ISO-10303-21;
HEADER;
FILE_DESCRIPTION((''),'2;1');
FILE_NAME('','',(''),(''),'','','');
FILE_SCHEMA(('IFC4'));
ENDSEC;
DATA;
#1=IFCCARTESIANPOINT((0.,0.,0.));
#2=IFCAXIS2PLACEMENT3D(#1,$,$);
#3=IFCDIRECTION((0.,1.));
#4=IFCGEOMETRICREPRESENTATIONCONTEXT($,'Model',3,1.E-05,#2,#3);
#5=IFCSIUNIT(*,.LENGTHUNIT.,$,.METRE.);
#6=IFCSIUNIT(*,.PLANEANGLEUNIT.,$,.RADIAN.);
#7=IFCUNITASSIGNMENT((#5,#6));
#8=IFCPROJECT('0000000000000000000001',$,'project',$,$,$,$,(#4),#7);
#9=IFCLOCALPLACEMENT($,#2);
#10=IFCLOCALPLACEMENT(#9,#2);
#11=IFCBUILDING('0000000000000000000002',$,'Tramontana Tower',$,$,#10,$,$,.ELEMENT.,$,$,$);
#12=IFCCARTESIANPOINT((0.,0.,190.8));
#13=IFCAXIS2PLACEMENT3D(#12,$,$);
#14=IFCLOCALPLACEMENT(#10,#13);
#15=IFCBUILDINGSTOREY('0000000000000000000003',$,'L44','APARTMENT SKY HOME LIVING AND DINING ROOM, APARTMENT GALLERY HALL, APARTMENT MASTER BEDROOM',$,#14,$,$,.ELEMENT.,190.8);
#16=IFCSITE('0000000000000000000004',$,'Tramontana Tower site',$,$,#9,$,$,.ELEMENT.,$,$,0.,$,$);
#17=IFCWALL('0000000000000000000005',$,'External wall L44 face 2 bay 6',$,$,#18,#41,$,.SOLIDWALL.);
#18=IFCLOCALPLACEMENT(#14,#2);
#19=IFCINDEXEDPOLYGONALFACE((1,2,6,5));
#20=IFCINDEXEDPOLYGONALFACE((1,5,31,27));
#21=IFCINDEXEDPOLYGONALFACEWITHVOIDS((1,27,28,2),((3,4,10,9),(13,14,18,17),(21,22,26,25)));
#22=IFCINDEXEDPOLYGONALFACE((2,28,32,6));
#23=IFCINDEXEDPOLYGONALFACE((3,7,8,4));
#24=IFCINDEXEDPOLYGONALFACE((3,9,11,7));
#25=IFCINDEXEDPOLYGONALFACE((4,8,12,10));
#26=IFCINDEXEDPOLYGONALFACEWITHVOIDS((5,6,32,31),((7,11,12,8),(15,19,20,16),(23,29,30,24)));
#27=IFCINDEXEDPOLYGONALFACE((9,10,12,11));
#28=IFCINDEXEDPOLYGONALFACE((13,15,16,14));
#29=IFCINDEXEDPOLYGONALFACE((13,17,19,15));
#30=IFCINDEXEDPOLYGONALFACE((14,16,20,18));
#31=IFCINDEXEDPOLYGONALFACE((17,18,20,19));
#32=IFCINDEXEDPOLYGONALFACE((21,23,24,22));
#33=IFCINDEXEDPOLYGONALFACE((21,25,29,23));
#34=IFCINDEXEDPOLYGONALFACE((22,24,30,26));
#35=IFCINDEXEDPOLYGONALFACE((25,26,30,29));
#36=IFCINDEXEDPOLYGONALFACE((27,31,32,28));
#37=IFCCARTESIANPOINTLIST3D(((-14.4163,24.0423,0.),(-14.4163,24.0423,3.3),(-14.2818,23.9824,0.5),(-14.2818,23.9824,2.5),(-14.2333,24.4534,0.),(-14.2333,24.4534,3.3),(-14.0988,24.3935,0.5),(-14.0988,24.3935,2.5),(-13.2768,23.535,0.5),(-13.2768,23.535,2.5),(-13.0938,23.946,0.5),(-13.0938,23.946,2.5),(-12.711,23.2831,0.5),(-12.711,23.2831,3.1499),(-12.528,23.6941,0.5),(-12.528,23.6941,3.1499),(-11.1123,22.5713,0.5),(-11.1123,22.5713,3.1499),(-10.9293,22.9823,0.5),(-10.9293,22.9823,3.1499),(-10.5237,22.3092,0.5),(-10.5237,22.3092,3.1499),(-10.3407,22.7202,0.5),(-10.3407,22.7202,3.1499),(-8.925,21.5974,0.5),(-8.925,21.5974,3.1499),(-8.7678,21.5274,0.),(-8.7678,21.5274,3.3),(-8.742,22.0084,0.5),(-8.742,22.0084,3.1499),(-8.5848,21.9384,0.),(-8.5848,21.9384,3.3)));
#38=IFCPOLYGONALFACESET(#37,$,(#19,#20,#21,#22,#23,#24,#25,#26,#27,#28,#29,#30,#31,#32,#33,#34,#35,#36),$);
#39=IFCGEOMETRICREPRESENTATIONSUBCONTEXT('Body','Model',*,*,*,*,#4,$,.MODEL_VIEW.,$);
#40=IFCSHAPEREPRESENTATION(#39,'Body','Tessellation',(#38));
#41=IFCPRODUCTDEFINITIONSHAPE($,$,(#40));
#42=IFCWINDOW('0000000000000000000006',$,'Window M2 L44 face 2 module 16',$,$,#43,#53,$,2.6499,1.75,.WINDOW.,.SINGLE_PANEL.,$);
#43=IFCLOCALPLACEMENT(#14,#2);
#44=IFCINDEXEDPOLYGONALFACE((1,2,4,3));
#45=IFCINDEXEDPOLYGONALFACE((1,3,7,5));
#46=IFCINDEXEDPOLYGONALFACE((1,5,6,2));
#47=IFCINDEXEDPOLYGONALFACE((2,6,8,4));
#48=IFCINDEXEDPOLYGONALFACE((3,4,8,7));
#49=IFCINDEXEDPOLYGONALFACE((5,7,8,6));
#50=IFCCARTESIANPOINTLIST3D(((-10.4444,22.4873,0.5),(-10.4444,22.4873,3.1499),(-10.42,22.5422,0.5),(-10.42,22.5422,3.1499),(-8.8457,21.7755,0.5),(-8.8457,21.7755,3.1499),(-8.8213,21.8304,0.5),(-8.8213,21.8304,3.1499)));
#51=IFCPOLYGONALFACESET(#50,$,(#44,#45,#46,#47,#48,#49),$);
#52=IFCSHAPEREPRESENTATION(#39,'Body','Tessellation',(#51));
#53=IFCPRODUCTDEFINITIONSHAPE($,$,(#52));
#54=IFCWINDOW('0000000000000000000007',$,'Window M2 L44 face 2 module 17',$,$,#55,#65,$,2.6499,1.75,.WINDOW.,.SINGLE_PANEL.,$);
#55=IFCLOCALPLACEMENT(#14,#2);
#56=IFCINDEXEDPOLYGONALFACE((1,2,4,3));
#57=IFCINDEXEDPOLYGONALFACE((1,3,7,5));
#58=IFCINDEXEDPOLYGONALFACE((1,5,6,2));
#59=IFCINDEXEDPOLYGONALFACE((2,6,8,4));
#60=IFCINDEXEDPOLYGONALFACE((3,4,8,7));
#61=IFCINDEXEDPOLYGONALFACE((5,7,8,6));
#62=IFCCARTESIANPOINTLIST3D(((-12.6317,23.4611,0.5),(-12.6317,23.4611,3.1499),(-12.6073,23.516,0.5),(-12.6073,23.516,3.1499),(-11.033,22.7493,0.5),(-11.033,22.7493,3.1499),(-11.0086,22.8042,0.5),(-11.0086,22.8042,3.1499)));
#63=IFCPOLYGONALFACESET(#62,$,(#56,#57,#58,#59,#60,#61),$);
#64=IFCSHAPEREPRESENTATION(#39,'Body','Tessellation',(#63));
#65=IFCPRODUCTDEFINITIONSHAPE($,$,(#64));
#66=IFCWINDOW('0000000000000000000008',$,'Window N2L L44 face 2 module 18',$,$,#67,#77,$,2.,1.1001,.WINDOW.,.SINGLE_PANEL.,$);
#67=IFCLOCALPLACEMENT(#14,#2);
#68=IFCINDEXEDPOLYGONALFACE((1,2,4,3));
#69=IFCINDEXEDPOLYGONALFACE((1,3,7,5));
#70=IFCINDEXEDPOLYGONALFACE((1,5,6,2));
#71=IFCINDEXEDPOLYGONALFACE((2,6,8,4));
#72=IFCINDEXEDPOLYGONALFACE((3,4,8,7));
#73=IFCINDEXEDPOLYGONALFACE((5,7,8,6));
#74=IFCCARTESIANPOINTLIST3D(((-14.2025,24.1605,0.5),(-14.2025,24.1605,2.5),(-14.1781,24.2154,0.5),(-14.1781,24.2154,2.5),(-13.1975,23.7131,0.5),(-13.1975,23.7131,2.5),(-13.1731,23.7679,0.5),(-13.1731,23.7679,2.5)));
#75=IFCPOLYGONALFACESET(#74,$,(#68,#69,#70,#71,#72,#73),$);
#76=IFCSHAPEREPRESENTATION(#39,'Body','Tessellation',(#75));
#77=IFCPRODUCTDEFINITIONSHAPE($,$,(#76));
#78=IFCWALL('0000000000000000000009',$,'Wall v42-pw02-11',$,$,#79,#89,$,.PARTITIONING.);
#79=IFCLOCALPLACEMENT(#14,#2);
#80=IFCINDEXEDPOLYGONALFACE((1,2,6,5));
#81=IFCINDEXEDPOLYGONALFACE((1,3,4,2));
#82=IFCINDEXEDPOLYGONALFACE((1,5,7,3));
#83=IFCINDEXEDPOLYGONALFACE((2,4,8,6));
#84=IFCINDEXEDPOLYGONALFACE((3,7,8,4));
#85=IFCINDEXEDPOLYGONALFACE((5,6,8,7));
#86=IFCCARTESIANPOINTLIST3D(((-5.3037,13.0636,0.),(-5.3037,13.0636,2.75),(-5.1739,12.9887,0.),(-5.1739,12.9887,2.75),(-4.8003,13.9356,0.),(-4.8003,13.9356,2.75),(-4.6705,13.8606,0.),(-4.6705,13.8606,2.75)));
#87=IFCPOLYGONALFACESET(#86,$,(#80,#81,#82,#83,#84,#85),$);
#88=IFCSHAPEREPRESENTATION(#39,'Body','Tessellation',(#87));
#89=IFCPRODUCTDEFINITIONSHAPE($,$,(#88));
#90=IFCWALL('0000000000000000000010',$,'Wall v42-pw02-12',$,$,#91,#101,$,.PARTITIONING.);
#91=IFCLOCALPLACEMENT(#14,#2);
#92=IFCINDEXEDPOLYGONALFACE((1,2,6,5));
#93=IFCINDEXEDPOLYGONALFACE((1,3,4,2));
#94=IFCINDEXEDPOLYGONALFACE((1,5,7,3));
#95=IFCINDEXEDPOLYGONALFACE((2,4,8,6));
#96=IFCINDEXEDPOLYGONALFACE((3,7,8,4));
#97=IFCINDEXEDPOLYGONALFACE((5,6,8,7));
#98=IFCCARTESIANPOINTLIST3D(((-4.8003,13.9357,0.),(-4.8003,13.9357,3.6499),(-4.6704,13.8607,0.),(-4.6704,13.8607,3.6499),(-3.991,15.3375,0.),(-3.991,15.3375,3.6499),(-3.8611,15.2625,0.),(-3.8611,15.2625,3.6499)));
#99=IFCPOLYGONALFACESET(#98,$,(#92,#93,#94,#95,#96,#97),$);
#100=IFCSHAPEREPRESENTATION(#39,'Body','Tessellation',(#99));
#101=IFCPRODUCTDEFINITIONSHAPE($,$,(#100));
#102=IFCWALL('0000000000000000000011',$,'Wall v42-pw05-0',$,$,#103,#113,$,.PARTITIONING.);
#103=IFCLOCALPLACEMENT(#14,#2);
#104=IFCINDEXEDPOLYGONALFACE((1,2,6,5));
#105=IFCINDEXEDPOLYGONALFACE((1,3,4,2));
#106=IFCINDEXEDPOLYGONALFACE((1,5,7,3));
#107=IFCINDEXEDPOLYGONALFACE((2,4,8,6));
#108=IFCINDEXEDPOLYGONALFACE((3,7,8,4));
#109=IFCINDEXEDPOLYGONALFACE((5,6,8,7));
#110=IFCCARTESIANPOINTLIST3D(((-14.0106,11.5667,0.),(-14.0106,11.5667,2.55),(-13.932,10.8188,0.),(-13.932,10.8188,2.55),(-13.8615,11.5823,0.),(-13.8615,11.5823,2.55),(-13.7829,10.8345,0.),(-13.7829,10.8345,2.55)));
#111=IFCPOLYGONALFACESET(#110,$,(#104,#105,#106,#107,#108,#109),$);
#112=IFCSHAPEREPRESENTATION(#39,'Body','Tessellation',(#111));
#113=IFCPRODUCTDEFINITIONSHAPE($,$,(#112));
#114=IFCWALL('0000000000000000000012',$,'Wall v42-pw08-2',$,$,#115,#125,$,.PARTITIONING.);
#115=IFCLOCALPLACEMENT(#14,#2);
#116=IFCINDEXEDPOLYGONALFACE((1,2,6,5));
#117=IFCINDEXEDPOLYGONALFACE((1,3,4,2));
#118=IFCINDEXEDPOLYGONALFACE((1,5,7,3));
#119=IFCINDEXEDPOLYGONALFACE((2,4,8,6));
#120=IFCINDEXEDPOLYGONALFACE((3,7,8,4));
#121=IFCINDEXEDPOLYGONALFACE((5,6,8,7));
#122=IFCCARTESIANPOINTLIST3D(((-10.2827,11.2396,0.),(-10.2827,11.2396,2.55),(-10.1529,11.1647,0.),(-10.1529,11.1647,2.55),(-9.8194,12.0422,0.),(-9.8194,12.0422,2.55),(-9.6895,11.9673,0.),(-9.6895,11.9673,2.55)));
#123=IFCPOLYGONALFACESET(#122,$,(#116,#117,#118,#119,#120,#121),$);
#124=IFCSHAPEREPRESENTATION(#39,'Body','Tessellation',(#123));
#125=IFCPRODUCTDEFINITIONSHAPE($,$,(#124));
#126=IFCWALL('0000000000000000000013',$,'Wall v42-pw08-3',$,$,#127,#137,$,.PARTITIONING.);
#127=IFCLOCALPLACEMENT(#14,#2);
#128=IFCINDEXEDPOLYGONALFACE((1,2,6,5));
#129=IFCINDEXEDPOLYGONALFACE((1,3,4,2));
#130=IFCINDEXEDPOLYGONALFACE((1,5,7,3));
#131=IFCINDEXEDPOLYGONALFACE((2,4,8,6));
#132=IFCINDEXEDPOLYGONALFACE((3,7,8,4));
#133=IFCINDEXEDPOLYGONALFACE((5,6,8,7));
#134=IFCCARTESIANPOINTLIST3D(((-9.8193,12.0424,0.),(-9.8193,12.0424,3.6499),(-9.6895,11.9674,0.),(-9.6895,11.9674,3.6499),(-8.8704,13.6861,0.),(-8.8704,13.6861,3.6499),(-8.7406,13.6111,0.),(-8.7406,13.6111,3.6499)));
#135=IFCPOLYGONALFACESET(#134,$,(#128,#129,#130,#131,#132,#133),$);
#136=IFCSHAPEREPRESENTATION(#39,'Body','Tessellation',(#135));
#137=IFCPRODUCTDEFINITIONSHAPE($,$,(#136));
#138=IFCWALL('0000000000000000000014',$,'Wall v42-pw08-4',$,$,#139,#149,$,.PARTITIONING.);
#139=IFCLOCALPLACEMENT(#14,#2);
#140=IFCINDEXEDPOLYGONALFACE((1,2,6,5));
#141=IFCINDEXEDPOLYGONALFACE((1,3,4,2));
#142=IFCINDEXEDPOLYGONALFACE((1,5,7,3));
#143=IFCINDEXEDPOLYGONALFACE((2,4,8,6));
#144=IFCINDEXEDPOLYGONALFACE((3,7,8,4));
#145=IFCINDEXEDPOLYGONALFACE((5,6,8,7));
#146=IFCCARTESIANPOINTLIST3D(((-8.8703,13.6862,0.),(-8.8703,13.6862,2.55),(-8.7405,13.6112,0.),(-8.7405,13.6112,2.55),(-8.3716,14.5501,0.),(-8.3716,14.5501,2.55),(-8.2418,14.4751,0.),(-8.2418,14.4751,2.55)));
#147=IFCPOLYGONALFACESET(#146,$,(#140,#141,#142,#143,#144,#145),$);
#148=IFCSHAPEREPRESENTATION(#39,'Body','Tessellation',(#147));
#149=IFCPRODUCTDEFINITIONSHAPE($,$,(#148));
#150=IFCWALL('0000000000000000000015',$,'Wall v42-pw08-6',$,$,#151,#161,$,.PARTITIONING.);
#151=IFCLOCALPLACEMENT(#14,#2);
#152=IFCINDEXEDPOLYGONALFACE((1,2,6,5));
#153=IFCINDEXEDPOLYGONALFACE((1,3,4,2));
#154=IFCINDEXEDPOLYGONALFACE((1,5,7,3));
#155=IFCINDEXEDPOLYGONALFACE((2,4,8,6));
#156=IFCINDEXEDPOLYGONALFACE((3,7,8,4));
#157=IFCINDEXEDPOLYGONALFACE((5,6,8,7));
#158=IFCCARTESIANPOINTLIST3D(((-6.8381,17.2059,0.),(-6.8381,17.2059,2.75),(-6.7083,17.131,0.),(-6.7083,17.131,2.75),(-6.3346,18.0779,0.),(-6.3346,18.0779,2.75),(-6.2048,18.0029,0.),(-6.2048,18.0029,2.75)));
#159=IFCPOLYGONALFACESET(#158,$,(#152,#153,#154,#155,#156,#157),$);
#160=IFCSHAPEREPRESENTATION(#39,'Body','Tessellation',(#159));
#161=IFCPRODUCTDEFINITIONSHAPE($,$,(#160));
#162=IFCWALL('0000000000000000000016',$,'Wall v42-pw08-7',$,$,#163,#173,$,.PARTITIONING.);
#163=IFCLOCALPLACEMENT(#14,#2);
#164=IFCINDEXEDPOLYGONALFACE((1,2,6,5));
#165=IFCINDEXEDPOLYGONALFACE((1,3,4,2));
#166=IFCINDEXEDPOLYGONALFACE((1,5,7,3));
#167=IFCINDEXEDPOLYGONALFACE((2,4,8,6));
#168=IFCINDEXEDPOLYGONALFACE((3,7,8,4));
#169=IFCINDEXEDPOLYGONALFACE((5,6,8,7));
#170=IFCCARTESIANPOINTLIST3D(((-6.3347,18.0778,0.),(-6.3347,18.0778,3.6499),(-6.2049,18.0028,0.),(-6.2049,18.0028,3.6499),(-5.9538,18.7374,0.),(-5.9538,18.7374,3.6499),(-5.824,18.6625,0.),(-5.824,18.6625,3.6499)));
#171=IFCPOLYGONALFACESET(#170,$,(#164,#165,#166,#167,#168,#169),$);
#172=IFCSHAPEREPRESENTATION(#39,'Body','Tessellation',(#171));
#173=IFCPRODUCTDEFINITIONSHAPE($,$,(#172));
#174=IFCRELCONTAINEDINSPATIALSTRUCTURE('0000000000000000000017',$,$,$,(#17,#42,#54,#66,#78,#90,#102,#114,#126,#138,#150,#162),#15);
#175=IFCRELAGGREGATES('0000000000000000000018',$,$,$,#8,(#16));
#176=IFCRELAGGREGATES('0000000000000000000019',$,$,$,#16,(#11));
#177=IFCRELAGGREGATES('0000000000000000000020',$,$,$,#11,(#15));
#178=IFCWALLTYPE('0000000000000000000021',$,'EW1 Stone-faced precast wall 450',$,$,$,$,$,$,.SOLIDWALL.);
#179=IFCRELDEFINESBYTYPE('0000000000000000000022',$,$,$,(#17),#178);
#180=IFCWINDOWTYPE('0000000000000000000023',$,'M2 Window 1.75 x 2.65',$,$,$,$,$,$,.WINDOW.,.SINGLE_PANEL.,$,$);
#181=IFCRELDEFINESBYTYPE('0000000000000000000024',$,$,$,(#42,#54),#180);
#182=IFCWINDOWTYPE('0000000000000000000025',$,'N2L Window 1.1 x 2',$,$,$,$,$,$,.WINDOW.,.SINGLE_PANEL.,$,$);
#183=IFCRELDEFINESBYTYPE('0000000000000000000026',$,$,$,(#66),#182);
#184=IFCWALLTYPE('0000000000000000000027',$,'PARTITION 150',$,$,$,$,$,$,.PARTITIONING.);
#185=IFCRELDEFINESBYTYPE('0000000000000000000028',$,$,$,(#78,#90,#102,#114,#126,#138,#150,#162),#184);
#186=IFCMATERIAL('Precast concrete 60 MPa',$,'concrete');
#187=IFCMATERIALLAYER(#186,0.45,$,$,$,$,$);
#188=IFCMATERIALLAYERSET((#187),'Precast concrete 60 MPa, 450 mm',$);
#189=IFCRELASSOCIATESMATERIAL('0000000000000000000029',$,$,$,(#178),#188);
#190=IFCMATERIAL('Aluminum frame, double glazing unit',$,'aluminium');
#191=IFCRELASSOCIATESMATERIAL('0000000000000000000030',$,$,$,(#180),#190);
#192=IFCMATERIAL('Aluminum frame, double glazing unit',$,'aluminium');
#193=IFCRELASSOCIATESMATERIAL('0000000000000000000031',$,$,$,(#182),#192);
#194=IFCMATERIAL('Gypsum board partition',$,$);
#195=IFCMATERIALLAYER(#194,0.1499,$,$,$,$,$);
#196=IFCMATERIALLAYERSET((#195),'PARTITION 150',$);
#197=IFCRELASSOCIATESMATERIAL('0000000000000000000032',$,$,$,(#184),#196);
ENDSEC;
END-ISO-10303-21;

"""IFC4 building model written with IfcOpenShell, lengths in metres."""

from ifc_helpers import new_model, si_unit, direction, frame, frame_2d, origin, place, context, subcontext, project, spatial, rectangle, extrude, material, layer, layer_set, type_object, element, fill, save


model = new_model("IFC4")

# Units and contexts
model_context = context("Model", 3, precision=1e-05, world=origin(), true_north=direction((0.0, 1.0)))
body_context = subcontext(model_context, "Body", "Model", "MODEL_VIEW")
ifc_project = project(units=[si_unit("LENGTHUNIT", "METRE"), si_unit("PLANEANGLEUNIT", "RADIAN")], contexts=[model_context])

# Site, building, storey
site_placement = place(None, origin())
site = spatial("IfcSite", under=ifc_project, at=site_placement, Name="Tramontana Tower site", CompositionType="ELEMENT", RefElevation=0.0)
building_placement = place(site_placement, origin())
building = spatial("IfcBuilding", under=site, at=building_placement, Name="Tramontana Tower", CompositionType="ELEMENT")
storey_placement = place(building_placement, frame((0.0, 0.0, 190.8)))
storey = spatial("IfcBuildingStorey", under=building, at=storey_placement, Name="L44", Description="APARTMENT SKY HOME LIVING AND DINING ROOM, APARTMENT GALLERY HALL, APARTMENT MASTER BEDROOM", CompositionType="ELEMENT", Elevation=190.8)

# Wall, openings, windows
ifc_material_1 = material(Name="Precast concrete 60 MPa", Category="concrete")
ifc_layer_1 = layer(ifc_material_1, 0.45)
ifc_layer_set_1 = layer_set([ifc_layer_1], Name="Precast concrete 60 MPa, 450 mm")
wall_type_1 = type_object("IfcWallType", Name="EW1 Stone-faced precast wall 450", PredefinedType="SOLIDWALL", material=ifc_layer_set_1)
ifc_material_2 = material(Name="Aluminum frame, double glazing unit", Category="aluminium")
window_type_1 = type_object("IfcWindowType", Name="M2 Window 1.75 x 2.65", PartitioningType="SINGLE_PANEL", PredefinedType="WINDOW", material=ifc_material_2)
wall_1_placement = place(storey_placement, frame((-8.6763, 21.7329, 0.0), z_axis=(0.0, 0.0, 1.0), x_axis=(-0.913543, 0.406743, 0.0)))
wall_1 = element("IfcWall", 1, at=wall_1_placement, inside=storey, type_object=wall_type_1, Name="External wall L44 face 2 bay 6", PredefinedType="SOLIDWALL", context=body_context, shape_type="SweptSolid", body=[
    extrude(rectangle(XDim=6.1831, YDim=0.45, at=frame_2d((3.0916, 0.0))), origin(), (0.0, 0.0, 1.0), 3.3),
])
opening_1_placement = place(wall_1_placement, frame((0.1721, 0.0, 0.5)))
opening_1 = element("IfcOpeningElement", 2, at=opening_1_placement, cuts=wall_1, PredefinedType="OPENING", context=body_context, shape_type="SweptSolid", body=[
    extrude(rectangle(XDim=1.75, YDim=2.6499, at=frame_2d((0.875, 1.325))), frame((0.0, 0.2349, 0.0), z_axis=(0.0, -1.0, 0.0), x_axis=(1.0, 0.0, 0.0)), (0.0, 0.0, 1.0), 0.47),
])
opening_2_placement = place(wall_1_placement, frame((2.5664, 0.0, 0.5)))
opening_2 = element("IfcOpeningElement", 3, at=opening_2_placement, cuts=wall_1, PredefinedType="OPENING", context=body_context, shape_type="SweptSolid", body=[
    extrude(rectangle(XDim=1.75, YDim=2.6499, at=frame_2d((0.875, 1.325))), frame((0.0, 0.2349, 0.0), z_axis=(0.0, -1.0, 0.0), x_axis=(1.0, 0.0, 0.0)), (0.0, 0.0, 1.0), 0.47),
])
opening_3_placement = place(wall_1_placement, frame((4.9358, 0.0, 0.5)))
opening_3 = element("IfcOpeningElement", 4, at=opening_3_placement, cuts=wall_1, PredefinedType="OPENING", context=body_context, shape_type="SweptSolid", body=[
    extrude(rectangle(XDim=1.1001, YDim=2.0, at=frame_2d((0.55, 1.0))), frame((0.0, 0.2349, 0.0), z_axis=(0.0, -1.0, 0.0), x_axis=(1.0, 0.0, 0.0)), (0.0, 0.0, 1.0), 0.47),
])
window_1_placement = place(opening_1_placement, origin())
window_1 = element("IfcWindow", 5, at=window_1_placement, inside=storey, type_object=window_type_1, Name="Window M2 L44 face 2 module 16", OverallHeight=2.6499, OverallWidth=1.75, PartitioningType="SINGLE_PANEL", PredefinedType="WINDOW", context=body_context, shape_type="SweptSolid", body=[
    extrude(rectangle(XDim=1.75, YDim=2.6499, at=frame_2d((0.875, 1.325))), frame((0.0, 0.03, 0.0), z_axis=(0.0, -1.0, 0.0), x_axis=(1.0, 0.0, 0.0)), (0.0, 0.0, 1.0), 0.0601),
])
fill(opening_1, window_1)
window_2_placement = place(opening_2_placement, origin())
window_2 = element("IfcWindow", 6, at=window_2_placement, inside=storey, type_object=window_type_1, Name="Window M2 L44 face 2 module 17", OverallHeight=2.6499, OverallWidth=1.75, PartitioningType="SINGLE_PANEL", PredefinedType="WINDOW", context=body_context, shape_type="SweptSolid", body=[
    extrude(rectangle(XDim=1.75, YDim=2.6499, at=frame_2d((0.875, 1.325))), frame((0.0, 0.03, 0.0), z_axis=(0.0, -1.0, 0.0), x_axis=(1.0, 0.0, 0.0)), (0.0, 0.0, 1.0), 0.0601),
])
fill(opening_2, window_2)
ifc_material_3 = material(Name="Aluminum frame, double glazing unit", Category="aluminium")
window_type_2 = type_object("IfcWindowType", Name="N2L Window 1.1 x 2", PartitioningType="SINGLE_PANEL", PredefinedType="WINDOW", material=ifc_material_3)
window_3_placement = place(opening_3_placement, origin())
window_3 = element("IfcWindow", 7, at=window_3_placement, inside=storey, type_object=window_type_2, Name="Window N2L L44 face 2 module 18", OverallHeight=2.0, OverallWidth=1.1001, PartitioningType="SINGLE_PANEL", PredefinedType="WINDOW", context=body_context, shape_type="SweptSolid", body=[
    extrude(rectangle(XDim=1.1001, YDim=2.0, at=frame_2d((0.55, 1.0))), frame((0.0, 0.03, 0.0), z_axis=(0.0, -1.0, 0.0), x_axis=(1.0, 0.0, 0.0)), (0.0, 0.0, 1.0), 0.0601),
])
fill(opening_3, window_3)

# Shared definitions
ifc_material_4 = material(Name="Gypsum board partition")
ifc_layer_2 = layer(ifc_material_4, 0.1499)
ifc_layer_set_2 = layer_set([ifc_layer_2], Name="PARTITION 150")
wall_type_2 = type_object("IfcWallType", Name="PARTITION 150", PredefinedType="PARTITIONING", material=ifc_layer_set_2)

# Walls
wall_2_placement = place(storey_placement, frame((-5.2388, 13.0261, 0.0), z_axis=(0.0, 0.0, 1.0), x_axis=(0.499946, 0.866056, 0.0)))
element("IfcWall", 8, at=wall_2_placement, inside=storey, type_object=wall_type_2, Name="Wall v42-pw02-11", PredefinedType="PARTITIONING", context=body_context, shape_type="SweptSolid", body=[
    extrude(rectangle(XDim=1.0068, YDim=0.1499, at=frame_2d((0.5034, 0.0))), origin(), (0.0, 0.0, 1.0), 2.75),
])
wall_3_placement = place(storey_placement, frame((-4.7354, 13.8982, 0.0), z_axis=(0.0, 0.0, 1.0), x_axis=(0.499984, 0.866035, 0.0)))
element("IfcWall", 9, at=wall_3_placement, inside=storey, type_object=wall_type_2, Name="Wall v42-pw02-12", PredefinedType="PARTITIONING", context=body_context, shape_type="SweptSolid", body=[
    extrude(rectangle(XDim=1.6187, YDim=0.1499, at=frame_2d((0.8093, 0.0))), origin(), (0.0, 0.0, 1.0), 3.6499),
])
wall_4_placement = place(storey_placement, frame((-13.8574, 10.8267, 0.0), z_axis=(0.0, 0.0, 1.0), x_axis=(-0.10455, 0.99452, 0.0)))
element("IfcWall", 10, at=wall_4_placement, inside=storey, type_object=wall_type_2, Name="Wall v42-pw05-0", PredefinedType="PARTITIONING", context=body_context, shape_type="SweptSolid", body=[
    extrude(rectangle(XDim=0.752, YDim=0.1499, at=frame_2d((0.376, 0.0))), origin(), (0.0, 0.0, 1.0), 2.55),
])
wall_5_placement = place(storey_placement, frame((-10.2178, 11.2021, 0.0), z_axis=(0.0, 0.0, 1.0), x_axis=(0.499935, 0.866063, 0.0)))
element("IfcWall", 11, at=wall_5_placement, inside=storey, type_object=wall_type_2, Name="Wall v42-pw08-2", PredefinedType="PARTITIONING", context=body_context, shape_type="SweptSolid", body=[
    extrude(rectangle(XDim=0.9268, YDim=0.1499, at=frame_2d((0.4634, 0.0))), origin(), (0.0, 0.0, 1.0), 2.55),
])
wall_6_placement = place(storey_placement, frame((-9.7544, 12.0049, 0.0), z_axis=(0.0, 0.0, 1.0), x_axis=(0.499971, 0.866042, 0.0)))
element("IfcWall", 12, at=wall_6_placement, inside=storey, type_object=wall_type_2, Name="Wall v42-pw08-3", PredefinedType="PARTITIONING", context=body_context, shape_type="SweptSolid", body=[
    extrude(rectangle(XDim=1.8979, YDim=0.1499, at=frame_2d((0.949, 0.0))), origin(), (0.0, 0.0, 1.0), 3.6499),
])
wall_7_placement = place(storey_placement, frame((-8.8054, 13.6487, 0.0), z_axis=(0.0, 0.0, 1.0), x_axis=(0.499955, 0.866051, 0.0)))
element("IfcWall", 13, at=wall_7_placement, inside=storey, type_object=wall_type_2, Name="Wall v42-pw08-4", PredefinedType="PARTITIONING", context=body_context, shape_type="SweptSolid", body=[
    extrude(rectangle(XDim=0.9976, YDim=0.1499, at=frame_2d((0.4988, 0.0))), origin(), (0.0, 0.0, 1.0), 2.55),
])

# Walls
wall_8_placement = place(storey_placement, frame((-6.7732, 17.1685, 0.0), z_axis=(0.0, 0.0, 1.0), x_axis=(0.500051, 0.865996, 0.0)))
element("IfcWall", 14, at=wall_8_placement, inside=storey, type_object=wall_type_2, Name="Wall v42-pw08-6", PredefinedType="PARTITIONING", context=body_context, shape_type="SweptSolid", body=[
    extrude(rectangle(XDim=1.0068, YDim=0.1499, at=frame_2d((0.5034, 0.0))), origin(), (0.0, 0.0, 1.0), 2.75),
])
wall_9_placement = place(storey_placement, frame((-6.2698, 18.0403, 0.0), z_axis=(0.0, 0.0, 1.0), x_axis=(0.5, 0.866025, 0.0)))
element("IfcWall", 15, at=wall_9_placement, inside=storey, type_object=wall_type_2, Name="Wall v42-pw08-7", PredefinedType="PARTITIONING", context=body_context, shape_type="SweptSolid", body=[
    extrude(rectangle(XDim=0.7617, YDim=0.1499, at=frame_2d((0.3809, 0.0))), origin(), (0.0, 0.0, 1.0), 3.6499),
])

save(model, "model.ifc")
